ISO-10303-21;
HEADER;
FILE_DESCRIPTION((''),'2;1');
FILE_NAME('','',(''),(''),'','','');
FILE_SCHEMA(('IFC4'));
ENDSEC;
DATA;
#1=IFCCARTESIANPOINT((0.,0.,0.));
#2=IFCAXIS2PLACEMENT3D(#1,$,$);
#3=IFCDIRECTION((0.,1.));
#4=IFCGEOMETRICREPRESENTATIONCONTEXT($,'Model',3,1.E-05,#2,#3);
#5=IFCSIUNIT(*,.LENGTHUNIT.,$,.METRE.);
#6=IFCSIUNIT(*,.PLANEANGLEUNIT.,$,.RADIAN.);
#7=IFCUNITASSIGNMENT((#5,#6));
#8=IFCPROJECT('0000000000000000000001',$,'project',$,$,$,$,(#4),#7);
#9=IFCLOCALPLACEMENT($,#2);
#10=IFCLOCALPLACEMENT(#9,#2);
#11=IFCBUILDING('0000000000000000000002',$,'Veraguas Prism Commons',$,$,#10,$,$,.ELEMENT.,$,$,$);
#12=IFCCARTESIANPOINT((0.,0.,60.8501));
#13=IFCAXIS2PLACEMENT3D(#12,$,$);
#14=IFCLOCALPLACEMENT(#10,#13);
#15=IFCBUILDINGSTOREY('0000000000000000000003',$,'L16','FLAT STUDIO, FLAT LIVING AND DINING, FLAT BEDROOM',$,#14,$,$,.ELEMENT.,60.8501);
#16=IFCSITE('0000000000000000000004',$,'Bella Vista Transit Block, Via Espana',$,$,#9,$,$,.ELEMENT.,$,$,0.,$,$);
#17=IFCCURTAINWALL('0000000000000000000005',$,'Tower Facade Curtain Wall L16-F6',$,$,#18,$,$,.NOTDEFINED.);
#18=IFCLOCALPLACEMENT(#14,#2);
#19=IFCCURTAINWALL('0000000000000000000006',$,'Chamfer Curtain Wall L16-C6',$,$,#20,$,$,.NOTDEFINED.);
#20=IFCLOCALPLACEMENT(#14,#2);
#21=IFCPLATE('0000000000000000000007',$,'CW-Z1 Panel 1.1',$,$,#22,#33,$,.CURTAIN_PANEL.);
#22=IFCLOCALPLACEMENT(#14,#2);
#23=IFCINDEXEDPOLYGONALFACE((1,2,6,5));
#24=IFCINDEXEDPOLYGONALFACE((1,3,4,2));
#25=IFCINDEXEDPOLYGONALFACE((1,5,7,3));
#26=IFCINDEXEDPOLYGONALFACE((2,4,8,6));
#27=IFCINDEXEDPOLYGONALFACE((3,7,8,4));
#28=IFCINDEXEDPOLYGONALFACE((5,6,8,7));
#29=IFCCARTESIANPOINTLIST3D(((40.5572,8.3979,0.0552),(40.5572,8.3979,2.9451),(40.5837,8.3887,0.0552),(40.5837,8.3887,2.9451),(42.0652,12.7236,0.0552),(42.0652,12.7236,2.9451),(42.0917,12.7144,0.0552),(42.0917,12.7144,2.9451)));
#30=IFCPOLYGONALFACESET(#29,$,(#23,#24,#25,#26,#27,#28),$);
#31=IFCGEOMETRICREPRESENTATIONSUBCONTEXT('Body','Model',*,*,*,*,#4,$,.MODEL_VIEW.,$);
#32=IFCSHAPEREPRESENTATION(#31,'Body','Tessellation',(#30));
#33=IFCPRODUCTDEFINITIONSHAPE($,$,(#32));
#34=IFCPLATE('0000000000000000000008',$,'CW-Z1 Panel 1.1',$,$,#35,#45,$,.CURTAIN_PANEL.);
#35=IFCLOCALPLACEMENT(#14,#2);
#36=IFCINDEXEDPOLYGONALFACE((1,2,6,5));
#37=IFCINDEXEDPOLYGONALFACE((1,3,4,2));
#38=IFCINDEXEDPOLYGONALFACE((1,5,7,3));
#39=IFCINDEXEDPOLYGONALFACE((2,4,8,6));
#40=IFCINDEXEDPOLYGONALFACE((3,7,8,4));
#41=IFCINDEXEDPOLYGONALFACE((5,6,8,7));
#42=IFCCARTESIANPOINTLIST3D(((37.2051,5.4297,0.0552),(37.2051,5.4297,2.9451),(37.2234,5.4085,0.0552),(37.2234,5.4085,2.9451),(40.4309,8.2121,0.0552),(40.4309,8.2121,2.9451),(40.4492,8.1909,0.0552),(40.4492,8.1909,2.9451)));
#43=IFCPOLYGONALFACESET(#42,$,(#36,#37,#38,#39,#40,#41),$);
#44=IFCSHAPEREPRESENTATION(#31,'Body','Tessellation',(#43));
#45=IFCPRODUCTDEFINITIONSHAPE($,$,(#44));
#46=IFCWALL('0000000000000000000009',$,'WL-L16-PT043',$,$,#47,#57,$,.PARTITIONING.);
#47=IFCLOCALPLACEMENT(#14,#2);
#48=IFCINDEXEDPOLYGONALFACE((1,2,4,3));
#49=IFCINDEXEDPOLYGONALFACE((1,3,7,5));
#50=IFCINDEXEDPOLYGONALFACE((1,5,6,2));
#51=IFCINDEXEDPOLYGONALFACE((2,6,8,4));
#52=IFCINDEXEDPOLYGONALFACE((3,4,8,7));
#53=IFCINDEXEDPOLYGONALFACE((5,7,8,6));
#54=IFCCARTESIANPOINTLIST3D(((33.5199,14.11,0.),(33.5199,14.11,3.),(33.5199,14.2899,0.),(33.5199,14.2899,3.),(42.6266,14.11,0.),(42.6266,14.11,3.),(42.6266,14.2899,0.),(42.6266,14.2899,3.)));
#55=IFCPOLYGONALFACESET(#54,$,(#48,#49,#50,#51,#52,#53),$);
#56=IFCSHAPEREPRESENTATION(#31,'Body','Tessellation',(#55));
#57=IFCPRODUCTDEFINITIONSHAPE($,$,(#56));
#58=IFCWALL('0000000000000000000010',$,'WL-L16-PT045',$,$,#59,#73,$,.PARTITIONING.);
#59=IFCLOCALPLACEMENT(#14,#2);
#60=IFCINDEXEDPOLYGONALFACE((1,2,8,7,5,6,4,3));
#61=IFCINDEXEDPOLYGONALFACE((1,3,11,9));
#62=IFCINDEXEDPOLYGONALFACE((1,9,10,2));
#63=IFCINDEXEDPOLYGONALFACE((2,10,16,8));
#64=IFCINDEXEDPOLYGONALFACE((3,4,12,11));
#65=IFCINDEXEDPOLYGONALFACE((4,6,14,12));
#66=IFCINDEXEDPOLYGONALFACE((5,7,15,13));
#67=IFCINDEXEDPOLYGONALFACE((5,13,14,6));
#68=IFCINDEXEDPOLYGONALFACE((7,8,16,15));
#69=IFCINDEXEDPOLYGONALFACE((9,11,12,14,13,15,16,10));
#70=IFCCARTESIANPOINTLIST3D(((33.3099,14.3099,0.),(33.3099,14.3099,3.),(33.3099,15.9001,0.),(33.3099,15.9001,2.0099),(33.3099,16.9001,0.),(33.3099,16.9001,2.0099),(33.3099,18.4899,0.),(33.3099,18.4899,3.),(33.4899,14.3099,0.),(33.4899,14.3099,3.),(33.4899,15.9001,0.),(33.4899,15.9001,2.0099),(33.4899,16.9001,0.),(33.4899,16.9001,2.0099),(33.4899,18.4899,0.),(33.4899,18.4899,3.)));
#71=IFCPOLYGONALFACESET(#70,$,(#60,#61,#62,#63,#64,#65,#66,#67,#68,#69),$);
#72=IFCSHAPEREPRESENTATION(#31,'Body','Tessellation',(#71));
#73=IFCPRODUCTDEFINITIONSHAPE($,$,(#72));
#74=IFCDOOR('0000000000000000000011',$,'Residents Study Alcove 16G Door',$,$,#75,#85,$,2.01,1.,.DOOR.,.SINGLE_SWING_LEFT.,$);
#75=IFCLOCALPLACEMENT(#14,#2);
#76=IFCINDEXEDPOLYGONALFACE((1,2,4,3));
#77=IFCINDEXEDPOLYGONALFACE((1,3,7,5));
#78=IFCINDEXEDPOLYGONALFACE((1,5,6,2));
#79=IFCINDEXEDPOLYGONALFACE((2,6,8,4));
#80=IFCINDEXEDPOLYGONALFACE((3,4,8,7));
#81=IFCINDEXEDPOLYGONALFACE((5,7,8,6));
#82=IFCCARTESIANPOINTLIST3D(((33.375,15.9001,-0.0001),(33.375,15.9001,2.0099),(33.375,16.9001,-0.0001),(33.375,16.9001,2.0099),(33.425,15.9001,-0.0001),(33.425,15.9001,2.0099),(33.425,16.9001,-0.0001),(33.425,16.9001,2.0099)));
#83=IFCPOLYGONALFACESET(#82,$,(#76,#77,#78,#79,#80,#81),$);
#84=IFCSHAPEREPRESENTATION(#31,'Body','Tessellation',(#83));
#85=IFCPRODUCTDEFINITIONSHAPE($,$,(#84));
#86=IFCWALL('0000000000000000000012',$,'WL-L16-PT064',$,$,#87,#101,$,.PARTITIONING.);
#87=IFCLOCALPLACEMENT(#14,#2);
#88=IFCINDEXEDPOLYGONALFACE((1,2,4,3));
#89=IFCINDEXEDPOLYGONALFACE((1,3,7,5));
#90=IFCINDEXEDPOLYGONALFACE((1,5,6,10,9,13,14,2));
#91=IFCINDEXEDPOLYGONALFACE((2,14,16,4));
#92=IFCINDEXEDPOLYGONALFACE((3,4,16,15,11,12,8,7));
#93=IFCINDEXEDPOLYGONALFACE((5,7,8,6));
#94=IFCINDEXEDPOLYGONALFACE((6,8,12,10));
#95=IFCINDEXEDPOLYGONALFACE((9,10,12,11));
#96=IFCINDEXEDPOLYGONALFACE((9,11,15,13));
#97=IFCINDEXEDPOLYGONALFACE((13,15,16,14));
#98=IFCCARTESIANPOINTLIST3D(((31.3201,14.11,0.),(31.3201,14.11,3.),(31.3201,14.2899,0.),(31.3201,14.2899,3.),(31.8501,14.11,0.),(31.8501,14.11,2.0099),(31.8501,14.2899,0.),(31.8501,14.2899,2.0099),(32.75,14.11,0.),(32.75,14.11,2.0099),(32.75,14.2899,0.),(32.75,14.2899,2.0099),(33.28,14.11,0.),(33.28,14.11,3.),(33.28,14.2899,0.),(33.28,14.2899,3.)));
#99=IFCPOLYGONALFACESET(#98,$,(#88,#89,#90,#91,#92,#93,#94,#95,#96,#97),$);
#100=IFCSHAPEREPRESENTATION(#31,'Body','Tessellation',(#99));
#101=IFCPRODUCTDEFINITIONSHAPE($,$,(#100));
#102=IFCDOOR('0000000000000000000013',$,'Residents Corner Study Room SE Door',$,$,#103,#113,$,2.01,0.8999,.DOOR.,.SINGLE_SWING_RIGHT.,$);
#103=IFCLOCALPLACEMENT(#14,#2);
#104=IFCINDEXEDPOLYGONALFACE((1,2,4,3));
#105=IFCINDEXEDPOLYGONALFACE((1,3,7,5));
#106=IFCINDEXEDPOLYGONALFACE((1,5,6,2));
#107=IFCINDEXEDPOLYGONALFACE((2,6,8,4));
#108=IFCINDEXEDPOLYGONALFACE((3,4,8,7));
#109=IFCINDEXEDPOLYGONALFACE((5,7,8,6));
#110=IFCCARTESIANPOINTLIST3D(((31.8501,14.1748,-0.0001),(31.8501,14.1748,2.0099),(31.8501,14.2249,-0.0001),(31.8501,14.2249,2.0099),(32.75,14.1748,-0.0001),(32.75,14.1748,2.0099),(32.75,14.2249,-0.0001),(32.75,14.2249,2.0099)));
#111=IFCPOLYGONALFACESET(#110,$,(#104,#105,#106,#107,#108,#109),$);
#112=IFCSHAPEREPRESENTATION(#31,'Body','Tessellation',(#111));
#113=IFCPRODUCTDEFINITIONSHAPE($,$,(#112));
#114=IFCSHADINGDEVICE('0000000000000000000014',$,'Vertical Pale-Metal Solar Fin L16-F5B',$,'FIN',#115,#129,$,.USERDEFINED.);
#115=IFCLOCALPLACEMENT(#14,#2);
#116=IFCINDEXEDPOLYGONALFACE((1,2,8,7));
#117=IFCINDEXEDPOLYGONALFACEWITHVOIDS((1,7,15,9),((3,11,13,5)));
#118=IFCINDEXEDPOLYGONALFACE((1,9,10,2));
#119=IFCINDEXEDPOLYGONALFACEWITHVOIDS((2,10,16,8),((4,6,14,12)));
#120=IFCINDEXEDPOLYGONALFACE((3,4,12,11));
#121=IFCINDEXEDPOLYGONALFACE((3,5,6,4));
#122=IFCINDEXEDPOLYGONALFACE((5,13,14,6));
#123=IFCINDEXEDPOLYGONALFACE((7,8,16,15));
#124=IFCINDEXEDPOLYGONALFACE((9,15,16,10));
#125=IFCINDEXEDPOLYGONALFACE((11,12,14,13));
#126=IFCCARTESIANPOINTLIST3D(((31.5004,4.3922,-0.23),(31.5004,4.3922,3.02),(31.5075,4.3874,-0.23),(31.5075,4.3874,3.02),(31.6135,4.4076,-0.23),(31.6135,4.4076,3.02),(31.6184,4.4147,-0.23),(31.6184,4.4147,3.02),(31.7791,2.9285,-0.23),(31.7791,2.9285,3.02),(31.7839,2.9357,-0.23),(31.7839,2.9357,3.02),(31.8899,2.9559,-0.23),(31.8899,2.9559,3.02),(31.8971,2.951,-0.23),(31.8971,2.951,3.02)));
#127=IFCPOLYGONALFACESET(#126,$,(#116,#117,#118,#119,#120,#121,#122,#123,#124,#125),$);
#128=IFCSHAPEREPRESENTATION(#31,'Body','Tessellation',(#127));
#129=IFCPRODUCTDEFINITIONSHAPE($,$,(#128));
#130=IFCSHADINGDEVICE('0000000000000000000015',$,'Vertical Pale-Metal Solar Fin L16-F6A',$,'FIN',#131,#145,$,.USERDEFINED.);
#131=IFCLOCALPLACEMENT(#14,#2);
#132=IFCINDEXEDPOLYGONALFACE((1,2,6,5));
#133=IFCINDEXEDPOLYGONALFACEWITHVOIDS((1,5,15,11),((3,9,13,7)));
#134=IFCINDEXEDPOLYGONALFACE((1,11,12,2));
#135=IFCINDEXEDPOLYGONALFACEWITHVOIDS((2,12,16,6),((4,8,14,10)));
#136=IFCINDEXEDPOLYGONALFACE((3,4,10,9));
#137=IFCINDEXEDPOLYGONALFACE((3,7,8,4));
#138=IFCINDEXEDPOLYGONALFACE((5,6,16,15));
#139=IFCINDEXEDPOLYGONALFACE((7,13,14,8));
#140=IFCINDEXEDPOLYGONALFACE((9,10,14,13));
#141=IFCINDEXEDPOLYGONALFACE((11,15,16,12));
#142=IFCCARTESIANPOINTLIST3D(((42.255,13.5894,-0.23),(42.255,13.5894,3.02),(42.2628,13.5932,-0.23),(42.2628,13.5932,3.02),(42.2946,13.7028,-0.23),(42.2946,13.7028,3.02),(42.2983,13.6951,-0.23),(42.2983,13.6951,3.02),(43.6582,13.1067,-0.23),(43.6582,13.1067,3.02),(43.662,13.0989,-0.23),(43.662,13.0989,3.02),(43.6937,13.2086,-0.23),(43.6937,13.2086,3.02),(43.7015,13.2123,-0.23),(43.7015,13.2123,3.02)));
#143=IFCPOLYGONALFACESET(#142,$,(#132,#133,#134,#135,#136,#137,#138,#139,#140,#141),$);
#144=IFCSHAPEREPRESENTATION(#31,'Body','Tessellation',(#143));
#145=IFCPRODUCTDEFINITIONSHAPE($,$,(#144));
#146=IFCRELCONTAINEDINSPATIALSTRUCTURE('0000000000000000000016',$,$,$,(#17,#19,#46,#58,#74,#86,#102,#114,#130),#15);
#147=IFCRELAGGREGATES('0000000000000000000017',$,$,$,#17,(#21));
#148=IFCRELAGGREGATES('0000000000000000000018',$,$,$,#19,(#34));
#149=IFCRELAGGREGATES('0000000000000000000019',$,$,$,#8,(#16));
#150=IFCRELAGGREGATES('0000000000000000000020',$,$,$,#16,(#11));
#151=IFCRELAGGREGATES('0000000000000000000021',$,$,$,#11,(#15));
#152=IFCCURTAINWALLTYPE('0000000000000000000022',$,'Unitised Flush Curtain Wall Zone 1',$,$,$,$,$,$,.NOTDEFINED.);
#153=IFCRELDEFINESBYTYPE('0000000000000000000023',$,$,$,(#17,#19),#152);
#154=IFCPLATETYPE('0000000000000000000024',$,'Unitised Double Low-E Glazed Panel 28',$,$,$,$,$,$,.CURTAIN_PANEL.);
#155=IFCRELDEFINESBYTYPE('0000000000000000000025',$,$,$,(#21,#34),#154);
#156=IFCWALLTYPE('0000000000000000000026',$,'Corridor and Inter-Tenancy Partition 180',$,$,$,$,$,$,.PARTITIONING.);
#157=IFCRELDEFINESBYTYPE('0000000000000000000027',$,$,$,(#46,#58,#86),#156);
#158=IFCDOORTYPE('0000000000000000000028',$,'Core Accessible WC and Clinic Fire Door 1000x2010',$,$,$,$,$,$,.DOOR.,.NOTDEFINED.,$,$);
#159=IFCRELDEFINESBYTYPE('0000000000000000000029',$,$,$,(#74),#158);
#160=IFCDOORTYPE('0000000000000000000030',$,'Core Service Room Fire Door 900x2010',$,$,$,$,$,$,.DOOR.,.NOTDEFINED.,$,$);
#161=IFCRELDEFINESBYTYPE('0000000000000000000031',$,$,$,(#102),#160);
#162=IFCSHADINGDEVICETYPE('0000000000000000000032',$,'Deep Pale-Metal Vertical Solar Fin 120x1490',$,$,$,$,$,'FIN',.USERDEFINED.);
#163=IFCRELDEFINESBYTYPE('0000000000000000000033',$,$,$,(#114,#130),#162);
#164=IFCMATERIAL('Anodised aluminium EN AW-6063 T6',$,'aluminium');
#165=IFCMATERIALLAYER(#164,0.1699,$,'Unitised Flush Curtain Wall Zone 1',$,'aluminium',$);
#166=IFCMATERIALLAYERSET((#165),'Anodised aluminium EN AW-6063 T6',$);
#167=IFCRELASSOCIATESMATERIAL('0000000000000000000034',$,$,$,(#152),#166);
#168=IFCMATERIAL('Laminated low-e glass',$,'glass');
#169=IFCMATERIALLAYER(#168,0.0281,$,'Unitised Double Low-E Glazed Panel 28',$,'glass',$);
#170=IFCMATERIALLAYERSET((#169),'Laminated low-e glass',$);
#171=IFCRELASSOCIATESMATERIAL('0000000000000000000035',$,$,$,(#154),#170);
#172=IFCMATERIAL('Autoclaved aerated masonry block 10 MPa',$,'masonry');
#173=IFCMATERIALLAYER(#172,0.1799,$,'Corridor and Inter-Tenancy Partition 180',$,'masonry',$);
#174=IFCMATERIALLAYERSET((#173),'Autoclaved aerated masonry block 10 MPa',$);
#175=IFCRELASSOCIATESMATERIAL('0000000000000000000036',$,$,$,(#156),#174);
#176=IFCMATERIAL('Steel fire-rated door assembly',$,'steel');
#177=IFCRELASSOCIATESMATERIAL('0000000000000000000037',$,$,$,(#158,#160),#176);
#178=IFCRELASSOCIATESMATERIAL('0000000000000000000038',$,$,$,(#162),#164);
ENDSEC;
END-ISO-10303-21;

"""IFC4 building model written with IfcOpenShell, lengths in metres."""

from ifc_helpers import new_model, si_unit, direction, frame, frame_2d, origin, origin_2d, place, context, subcontext, project, spatial, rectangle, hollow_rectangle, extrude, source, transform, mapped, material, layer, layer_set, material_profile, profile_set, type_object, element, fill, aggregate, save


model = new_model("IFC4")

# Units and contexts
model_context = context("Model", 3, precision=1e-05, world=origin(), true_north=direction((0.0, 1.0)))
body_context = subcontext(model_context, "Body", "Model", "MODEL_VIEW")
ifc_project = project(units=[si_unit("LENGTHUNIT", "METRE"), si_unit("PLANEANGLEUNIT", "RADIAN")], contexts=[model_context])

# Site, building, storey
site_placement = place(None, origin())
site = spatial("IfcSite", under=ifc_project, at=site_placement, Name="Bella Vista Transit Block, Via Espana", CompositionType="ELEMENT", RefElevation=0.0)
building_placement = place(site_placement, origin())
building = spatial("IfcBuilding", under=site, at=building_placement, Name="Veraguas Prism Commons", CompositionType="ELEMENT")
storey_placement = place(building_placement, frame((0.0, 0.0, 60.8501)))
storey = spatial("IfcBuildingStorey", under=building, at=storey_placement, Name="L16", Description="FLAT STUDIO, FLAT LIVING AND DINING, FLAT BEDROOM", CompositionType="ELEMENT", Elevation=60.8501)

# Curtain wall
ifc_material_1 = material(Name="Anodised aluminium EN AW-6063 T6", Category="aluminium")
ifc_layer_1 = layer(ifc_material_1, 0.1699, Name="Unitised Flush Curtain Wall Zone 1", Category="aluminium")
ifc_layer_set_1 = layer_set([ifc_layer_1], Name="Anodised aluminium EN AW-6063 T6")
curtain_wall_type = type_object("IfcCurtainWallType", Name="Unitised Flush Curtain Wall Zone 1", PredefinedType="NOTDEFINED", material=ifc_layer_set_1)
curtain_wall_1_placement = place(storey_placement, origin())
curtain_wall_1 = element("IfcCurtainWall", 1, at=curtain_wall_1_placement, inside=storey, type_object=curtain_wall_type, Name="Tower Facade Curtain Wall L16-F6", PredefinedType="NOTDEFINED")

# Curtain wall
curtain_wall_2_placement = place(storey_placement, origin())
curtain_wall_2 = element("IfcCurtainWall", 2, at=curtain_wall_2_placement, inside=storey, type_object=curtain_wall_type, Name="Chamfer Curtain Wall L16-C6", PredefinedType="NOTDEFINED")

# Plates
ifc_material_2 = material(Name="Laminated low-e glass", Category="glass")
ifc_layer_2 = layer(ifc_material_2, 0.0281, Name="Unitised Double Low-E Glazed Panel 28", Category="glass")
ifc_layer_set_2 = layer_set([ifc_layer_2], Name="Laminated low-e glass")
plate_type = type_object("IfcPlateType", Name="Unitised Double Low-E Glazed Panel 28", PredefinedType="CURTAIN_PANEL", material=ifc_layer_set_2)
shared_shape_1 = source(origin(), body_context, "Body", "SweptSolid", [
    extrude(rectangle(XDim=4.5811, YDim=0.0281, at=origin_2d()), origin(), (0.0, 0.0, 1.0), 2.8899),
])
plate_1_placement = place(storey_placement, frame((41.3245, 10.5562, 0.0552), z_axis=(0.0, 0.0, 1.0), x_axis=(0.329195, 0.944262, 0.0)))
plate_1 = element("IfcPlate", 3, at=plate_1_placement, type_object=plate_type, Name="CW-Z1 Panel 1.1", PredefinedType="CURTAIN_PANEL", context=body_context, shape_type="MappedRepresentation", body=[
    mapped(shared_shape_1, transform((0.0, 0.0, 0.0), scale=1.0)),
])
aggregate(curtain_wall_1, [plate_1])
shared_shape_2 = source(origin(), body_context, "Body", "SweptSolid", [
    extrude(rectangle(XDim=4.26, YDim=0.0281, at=origin_2d()), origin(), (0.0, 0.0, 1.0), 2.8899),
])
plate_2_placement = place(storey_placement, frame((38.8271, 6.8103, 0.0552), z_axis=(0.0, 0.0, 1.0), x_axis=(0.757232, 0.653146, 0.0)))
plate_2 = element("IfcPlate", 4, at=plate_2_placement, type_object=plate_type, Name="CW-Z1 Panel 1.1", PredefinedType="CURTAIN_PANEL", context=body_context, shape_type="MappedRepresentation", body=[
    mapped(shared_shape_2, transform((0.0, 0.0, 0.0), scale=1.0)),
])
aggregate(curtain_wall_2, [plate_2])

# Wall
ifc_material_3 = material(Name="Autoclaved aerated masonry block 10 MPa", Category="masonry")
ifc_layer_3 = layer(ifc_material_3, 0.1799, Name="Corridor and Inter-Tenancy Partition 180", Category="masonry")
ifc_layer_set_3 = layer_set([ifc_layer_3], Name="Autoclaved aerated masonry block 10 MPa")
wall_type = type_object("IfcWallType", Name="Corridor and Inter-Tenancy Partition 180", PredefinedType="PARTITIONING", material=ifc_layer_set_3)
wall_1_placement = place(storey_placement, frame((33.52, 14.2, 0.0), z_axis=(0.0, 0.0, 1.0), x_axis=(1.0, 0.0, 0.0)))
element("IfcWall", 5, at=wall_1_placement, inside=storey, type_object=wall_type, Name="WL-L16-PT043", PredefinedType="PARTITIONING", context=body_context, shape_type="SweptSolid", body=[
    extrude(rectangle(XDim=9.1067, YDim=0.1799, at=frame_2d((4.5532, 0.0))), origin(), (0.0, 0.0, 1.0), 3.0),
])

# Walls, openings, doors
wall_2_placement = place(storey_placement, frame((33.3999, 14.3101, 0.0), z_axis=(0.0, 0.0, 1.0), x_axis=(0.0, 1.0, 0.0)))
wall_2 = element("IfcWall", 6, at=wall_2_placement, inside=storey, type_object=wall_type, Name="WL-L16-PT045", PredefinedType="PARTITIONING", context=body_context, shape_type="SweptSolid", body=[
    extrude(rectangle(XDim=4.1799, YDim=0.1799, at=frame_2d((2.0898, 0.0))), origin(), (0.0, 0.0, 1.0), 3.0),
])
opening_1_placement = place(wall_2_placement, frame((1.5901, 0.0, 0.0)))
opening_1 = element("IfcOpeningElement", 7, at=opening_1_placement, cuts=wall_2, PredefinedType="OPENING", context=body_context, shape_type="SweptSolid", body=[
    extrude(rectangle(XDim=1.0, YDim=2.01, at=frame_2d((0.5, 1.0049))), frame((0.0, 0.0999, 0.0), z_axis=(0.0, -1.0, 0.0), x_axis=(1.0, 0.0, 0.0)), (0.0, 0.0, 1.0), 0.2),
])
ifc_material_4 = material(Name="Steel fire-rated door assembly", Category="steel")
door_type_1 = type_object("IfcDoorType", Name="Core Accessible WC and Clinic Fire Door 1000x2010", OperationType="NOTDEFINED", PredefinedType="DOOR", material=ifc_material_4)
shared_shape_3 = source(origin(), body_context, "Body", "SweptSolid", [
    extrude(rectangle(XDim=1.0, YDim=2.01, at=frame_2d((0.5, 1.0049))), frame((0.0, 0.0249, 0.0), z_axis=(0.0, -1.0, 0.0), x_axis=(1.0, 0.0, 0.0)), (0.0, 0.0, 1.0), 0.05),
])
door_1_placement = place(opening_1_placement, origin())
door_1 = element("IfcDoor", 8, at=door_1_placement, inside=storey, type_object=door_type_1, Name="Residents Study Alcove 16G Door", OperationType="SINGLE_SWING_LEFT", OverallHeight=2.01, OverallWidth=1.0, PredefinedType="DOOR", context=body_context, shape_type="MappedRepresentation", body=[
    mapped(shared_shape_3, transform((0.0, 0.0, 0.0), scale=1.0)),
])
fill(opening_1, door_1)
wall_3_placement = place(storey_placement, frame((31.3201, 14.2, 0.0), z_axis=(0.0, 0.0, 1.0), x_axis=(1.0, 0.0, 0.0)))
wall_3 = element("IfcWall", 9, at=wall_3_placement, inside=storey, type_object=wall_type, Name="WL-L16-PT064", PredefinedType="PARTITIONING", context=body_context, shape_type="SweptSolid", body=[
    extrude(rectangle(XDim=1.96, YDim=0.1799, at=frame_2d((0.98, 0.0))), origin(), (0.0, 0.0, 1.0), 3.0),
])
opening_2_placement = place(wall_3_placement, frame((0.53, 0.0, 0.0)))
opening_2 = element("IfcOpeningElement", 10, at=opening_2_placement, cuts=wall_3, PredefinedType="OPENING", context=body_context, shape_type="SweptSolid", body=[
    extrude(rectangle(XDim=0.8999, YDim=2.01, at=frame_2d((0.45, 1.0049))), frame((0.0, 0.0999, 0.0), z_axis=(0.0, -1.0, 0.0), x_axis=(1.0, 0.0, 0.0)), (0.0, 0.0, 1.0), 0.2),
])
door_type_2 = type_object("IfcDoorType", Name="Core Service Room Fire Door 900x2010", OperationType="NOTDEFINED", PredefinedType="DOOR", material=ifc_material_4)
shared_shape_4 = source(origin(), body_context, "Body", "SweptSolid", [
    extrude(rectangle(XDim=0.8999, YDim=2.01, at=frame_2d((0.45, 1.0049))), frame((0.0, 0.0249, 0.0), z_axis=(0.0, -1.0, 0.0), x_axis=(1.0, 0.0, 0.0)), (0.0, 0.0, 1.0), 0.05),
])
door_2_placement = place(opening_2_placement, origin())
door_2 = element("IfcDoor", 11, at=door_2_placement, inside=storey, type_object=door_type_2, Name="Residents Corner Study Room SE Door", OperationType="SINGLE_SWING_RIGHT", OverallHeight=2.01, OverallWidth=0.8999, PredefinedType="DOOR", context=body_context, shape_type="MappedRepresentation", body=[
    mapped(shared_shape_4, transform((0.0, 0.0, 0.0), scale=1.0)),
])
fill(opening_2, door_2)

# Shading devices
ifc_material_profile_1 = material_profile(ifc_material_1, hollow_rectangle(XDim=0.1201, YDim=1.49, WallThickness=0.0061, at=origin_2d()), Name="FIN120X1490X6")
ifc_profile_set_1 = profile_set([ifc_material_profile_1], Name="Anodised aluminium EN AW-6063 T6")
shading_device_type = type_object("IfcShadingDeviceType", Name="Deep Pale-Metal Vertical Solar Fin 120x1490", ElementType="FIN", PredefinedType="USERDEFINED", material=ifc_profile_set_1)
for number, where, z_axis, x_axis, name in (
    (12, (31.6987, 3.6716, -0.23), (0.0, 0.0, 1.0), (0.982353, 0.187037, 0.0), "Vertical Pale-Metal Solar Fin L16-F5B"),
    (13, (42.9783, 13.4009, -0.23), (0.0, 0.0, 1.0), (0.329198, 0.944261, 0.0), "Vertical Pale-Metal Solar Fin L16-F6A"),
):
    element("IfcShadingDevice", number, at=place(storey_placement, frame(where, z_axis=z_axis, x_axis=x_axis)), inside=storey, type_object=shading_device_type, Name=name, ObjectType="FIN", PredefinedType="USERDEFINED", context=body_context, shape_type="SweptSolid", body=[
        extrude(hollow_rectangle(XDim=0.1201, YDim=1.49, WallThickness=0.0061, at=origin_2d()), origin(), (0.0, 0.0, 1.0), 3.25),
    ])

save(model, "model.ifc")
